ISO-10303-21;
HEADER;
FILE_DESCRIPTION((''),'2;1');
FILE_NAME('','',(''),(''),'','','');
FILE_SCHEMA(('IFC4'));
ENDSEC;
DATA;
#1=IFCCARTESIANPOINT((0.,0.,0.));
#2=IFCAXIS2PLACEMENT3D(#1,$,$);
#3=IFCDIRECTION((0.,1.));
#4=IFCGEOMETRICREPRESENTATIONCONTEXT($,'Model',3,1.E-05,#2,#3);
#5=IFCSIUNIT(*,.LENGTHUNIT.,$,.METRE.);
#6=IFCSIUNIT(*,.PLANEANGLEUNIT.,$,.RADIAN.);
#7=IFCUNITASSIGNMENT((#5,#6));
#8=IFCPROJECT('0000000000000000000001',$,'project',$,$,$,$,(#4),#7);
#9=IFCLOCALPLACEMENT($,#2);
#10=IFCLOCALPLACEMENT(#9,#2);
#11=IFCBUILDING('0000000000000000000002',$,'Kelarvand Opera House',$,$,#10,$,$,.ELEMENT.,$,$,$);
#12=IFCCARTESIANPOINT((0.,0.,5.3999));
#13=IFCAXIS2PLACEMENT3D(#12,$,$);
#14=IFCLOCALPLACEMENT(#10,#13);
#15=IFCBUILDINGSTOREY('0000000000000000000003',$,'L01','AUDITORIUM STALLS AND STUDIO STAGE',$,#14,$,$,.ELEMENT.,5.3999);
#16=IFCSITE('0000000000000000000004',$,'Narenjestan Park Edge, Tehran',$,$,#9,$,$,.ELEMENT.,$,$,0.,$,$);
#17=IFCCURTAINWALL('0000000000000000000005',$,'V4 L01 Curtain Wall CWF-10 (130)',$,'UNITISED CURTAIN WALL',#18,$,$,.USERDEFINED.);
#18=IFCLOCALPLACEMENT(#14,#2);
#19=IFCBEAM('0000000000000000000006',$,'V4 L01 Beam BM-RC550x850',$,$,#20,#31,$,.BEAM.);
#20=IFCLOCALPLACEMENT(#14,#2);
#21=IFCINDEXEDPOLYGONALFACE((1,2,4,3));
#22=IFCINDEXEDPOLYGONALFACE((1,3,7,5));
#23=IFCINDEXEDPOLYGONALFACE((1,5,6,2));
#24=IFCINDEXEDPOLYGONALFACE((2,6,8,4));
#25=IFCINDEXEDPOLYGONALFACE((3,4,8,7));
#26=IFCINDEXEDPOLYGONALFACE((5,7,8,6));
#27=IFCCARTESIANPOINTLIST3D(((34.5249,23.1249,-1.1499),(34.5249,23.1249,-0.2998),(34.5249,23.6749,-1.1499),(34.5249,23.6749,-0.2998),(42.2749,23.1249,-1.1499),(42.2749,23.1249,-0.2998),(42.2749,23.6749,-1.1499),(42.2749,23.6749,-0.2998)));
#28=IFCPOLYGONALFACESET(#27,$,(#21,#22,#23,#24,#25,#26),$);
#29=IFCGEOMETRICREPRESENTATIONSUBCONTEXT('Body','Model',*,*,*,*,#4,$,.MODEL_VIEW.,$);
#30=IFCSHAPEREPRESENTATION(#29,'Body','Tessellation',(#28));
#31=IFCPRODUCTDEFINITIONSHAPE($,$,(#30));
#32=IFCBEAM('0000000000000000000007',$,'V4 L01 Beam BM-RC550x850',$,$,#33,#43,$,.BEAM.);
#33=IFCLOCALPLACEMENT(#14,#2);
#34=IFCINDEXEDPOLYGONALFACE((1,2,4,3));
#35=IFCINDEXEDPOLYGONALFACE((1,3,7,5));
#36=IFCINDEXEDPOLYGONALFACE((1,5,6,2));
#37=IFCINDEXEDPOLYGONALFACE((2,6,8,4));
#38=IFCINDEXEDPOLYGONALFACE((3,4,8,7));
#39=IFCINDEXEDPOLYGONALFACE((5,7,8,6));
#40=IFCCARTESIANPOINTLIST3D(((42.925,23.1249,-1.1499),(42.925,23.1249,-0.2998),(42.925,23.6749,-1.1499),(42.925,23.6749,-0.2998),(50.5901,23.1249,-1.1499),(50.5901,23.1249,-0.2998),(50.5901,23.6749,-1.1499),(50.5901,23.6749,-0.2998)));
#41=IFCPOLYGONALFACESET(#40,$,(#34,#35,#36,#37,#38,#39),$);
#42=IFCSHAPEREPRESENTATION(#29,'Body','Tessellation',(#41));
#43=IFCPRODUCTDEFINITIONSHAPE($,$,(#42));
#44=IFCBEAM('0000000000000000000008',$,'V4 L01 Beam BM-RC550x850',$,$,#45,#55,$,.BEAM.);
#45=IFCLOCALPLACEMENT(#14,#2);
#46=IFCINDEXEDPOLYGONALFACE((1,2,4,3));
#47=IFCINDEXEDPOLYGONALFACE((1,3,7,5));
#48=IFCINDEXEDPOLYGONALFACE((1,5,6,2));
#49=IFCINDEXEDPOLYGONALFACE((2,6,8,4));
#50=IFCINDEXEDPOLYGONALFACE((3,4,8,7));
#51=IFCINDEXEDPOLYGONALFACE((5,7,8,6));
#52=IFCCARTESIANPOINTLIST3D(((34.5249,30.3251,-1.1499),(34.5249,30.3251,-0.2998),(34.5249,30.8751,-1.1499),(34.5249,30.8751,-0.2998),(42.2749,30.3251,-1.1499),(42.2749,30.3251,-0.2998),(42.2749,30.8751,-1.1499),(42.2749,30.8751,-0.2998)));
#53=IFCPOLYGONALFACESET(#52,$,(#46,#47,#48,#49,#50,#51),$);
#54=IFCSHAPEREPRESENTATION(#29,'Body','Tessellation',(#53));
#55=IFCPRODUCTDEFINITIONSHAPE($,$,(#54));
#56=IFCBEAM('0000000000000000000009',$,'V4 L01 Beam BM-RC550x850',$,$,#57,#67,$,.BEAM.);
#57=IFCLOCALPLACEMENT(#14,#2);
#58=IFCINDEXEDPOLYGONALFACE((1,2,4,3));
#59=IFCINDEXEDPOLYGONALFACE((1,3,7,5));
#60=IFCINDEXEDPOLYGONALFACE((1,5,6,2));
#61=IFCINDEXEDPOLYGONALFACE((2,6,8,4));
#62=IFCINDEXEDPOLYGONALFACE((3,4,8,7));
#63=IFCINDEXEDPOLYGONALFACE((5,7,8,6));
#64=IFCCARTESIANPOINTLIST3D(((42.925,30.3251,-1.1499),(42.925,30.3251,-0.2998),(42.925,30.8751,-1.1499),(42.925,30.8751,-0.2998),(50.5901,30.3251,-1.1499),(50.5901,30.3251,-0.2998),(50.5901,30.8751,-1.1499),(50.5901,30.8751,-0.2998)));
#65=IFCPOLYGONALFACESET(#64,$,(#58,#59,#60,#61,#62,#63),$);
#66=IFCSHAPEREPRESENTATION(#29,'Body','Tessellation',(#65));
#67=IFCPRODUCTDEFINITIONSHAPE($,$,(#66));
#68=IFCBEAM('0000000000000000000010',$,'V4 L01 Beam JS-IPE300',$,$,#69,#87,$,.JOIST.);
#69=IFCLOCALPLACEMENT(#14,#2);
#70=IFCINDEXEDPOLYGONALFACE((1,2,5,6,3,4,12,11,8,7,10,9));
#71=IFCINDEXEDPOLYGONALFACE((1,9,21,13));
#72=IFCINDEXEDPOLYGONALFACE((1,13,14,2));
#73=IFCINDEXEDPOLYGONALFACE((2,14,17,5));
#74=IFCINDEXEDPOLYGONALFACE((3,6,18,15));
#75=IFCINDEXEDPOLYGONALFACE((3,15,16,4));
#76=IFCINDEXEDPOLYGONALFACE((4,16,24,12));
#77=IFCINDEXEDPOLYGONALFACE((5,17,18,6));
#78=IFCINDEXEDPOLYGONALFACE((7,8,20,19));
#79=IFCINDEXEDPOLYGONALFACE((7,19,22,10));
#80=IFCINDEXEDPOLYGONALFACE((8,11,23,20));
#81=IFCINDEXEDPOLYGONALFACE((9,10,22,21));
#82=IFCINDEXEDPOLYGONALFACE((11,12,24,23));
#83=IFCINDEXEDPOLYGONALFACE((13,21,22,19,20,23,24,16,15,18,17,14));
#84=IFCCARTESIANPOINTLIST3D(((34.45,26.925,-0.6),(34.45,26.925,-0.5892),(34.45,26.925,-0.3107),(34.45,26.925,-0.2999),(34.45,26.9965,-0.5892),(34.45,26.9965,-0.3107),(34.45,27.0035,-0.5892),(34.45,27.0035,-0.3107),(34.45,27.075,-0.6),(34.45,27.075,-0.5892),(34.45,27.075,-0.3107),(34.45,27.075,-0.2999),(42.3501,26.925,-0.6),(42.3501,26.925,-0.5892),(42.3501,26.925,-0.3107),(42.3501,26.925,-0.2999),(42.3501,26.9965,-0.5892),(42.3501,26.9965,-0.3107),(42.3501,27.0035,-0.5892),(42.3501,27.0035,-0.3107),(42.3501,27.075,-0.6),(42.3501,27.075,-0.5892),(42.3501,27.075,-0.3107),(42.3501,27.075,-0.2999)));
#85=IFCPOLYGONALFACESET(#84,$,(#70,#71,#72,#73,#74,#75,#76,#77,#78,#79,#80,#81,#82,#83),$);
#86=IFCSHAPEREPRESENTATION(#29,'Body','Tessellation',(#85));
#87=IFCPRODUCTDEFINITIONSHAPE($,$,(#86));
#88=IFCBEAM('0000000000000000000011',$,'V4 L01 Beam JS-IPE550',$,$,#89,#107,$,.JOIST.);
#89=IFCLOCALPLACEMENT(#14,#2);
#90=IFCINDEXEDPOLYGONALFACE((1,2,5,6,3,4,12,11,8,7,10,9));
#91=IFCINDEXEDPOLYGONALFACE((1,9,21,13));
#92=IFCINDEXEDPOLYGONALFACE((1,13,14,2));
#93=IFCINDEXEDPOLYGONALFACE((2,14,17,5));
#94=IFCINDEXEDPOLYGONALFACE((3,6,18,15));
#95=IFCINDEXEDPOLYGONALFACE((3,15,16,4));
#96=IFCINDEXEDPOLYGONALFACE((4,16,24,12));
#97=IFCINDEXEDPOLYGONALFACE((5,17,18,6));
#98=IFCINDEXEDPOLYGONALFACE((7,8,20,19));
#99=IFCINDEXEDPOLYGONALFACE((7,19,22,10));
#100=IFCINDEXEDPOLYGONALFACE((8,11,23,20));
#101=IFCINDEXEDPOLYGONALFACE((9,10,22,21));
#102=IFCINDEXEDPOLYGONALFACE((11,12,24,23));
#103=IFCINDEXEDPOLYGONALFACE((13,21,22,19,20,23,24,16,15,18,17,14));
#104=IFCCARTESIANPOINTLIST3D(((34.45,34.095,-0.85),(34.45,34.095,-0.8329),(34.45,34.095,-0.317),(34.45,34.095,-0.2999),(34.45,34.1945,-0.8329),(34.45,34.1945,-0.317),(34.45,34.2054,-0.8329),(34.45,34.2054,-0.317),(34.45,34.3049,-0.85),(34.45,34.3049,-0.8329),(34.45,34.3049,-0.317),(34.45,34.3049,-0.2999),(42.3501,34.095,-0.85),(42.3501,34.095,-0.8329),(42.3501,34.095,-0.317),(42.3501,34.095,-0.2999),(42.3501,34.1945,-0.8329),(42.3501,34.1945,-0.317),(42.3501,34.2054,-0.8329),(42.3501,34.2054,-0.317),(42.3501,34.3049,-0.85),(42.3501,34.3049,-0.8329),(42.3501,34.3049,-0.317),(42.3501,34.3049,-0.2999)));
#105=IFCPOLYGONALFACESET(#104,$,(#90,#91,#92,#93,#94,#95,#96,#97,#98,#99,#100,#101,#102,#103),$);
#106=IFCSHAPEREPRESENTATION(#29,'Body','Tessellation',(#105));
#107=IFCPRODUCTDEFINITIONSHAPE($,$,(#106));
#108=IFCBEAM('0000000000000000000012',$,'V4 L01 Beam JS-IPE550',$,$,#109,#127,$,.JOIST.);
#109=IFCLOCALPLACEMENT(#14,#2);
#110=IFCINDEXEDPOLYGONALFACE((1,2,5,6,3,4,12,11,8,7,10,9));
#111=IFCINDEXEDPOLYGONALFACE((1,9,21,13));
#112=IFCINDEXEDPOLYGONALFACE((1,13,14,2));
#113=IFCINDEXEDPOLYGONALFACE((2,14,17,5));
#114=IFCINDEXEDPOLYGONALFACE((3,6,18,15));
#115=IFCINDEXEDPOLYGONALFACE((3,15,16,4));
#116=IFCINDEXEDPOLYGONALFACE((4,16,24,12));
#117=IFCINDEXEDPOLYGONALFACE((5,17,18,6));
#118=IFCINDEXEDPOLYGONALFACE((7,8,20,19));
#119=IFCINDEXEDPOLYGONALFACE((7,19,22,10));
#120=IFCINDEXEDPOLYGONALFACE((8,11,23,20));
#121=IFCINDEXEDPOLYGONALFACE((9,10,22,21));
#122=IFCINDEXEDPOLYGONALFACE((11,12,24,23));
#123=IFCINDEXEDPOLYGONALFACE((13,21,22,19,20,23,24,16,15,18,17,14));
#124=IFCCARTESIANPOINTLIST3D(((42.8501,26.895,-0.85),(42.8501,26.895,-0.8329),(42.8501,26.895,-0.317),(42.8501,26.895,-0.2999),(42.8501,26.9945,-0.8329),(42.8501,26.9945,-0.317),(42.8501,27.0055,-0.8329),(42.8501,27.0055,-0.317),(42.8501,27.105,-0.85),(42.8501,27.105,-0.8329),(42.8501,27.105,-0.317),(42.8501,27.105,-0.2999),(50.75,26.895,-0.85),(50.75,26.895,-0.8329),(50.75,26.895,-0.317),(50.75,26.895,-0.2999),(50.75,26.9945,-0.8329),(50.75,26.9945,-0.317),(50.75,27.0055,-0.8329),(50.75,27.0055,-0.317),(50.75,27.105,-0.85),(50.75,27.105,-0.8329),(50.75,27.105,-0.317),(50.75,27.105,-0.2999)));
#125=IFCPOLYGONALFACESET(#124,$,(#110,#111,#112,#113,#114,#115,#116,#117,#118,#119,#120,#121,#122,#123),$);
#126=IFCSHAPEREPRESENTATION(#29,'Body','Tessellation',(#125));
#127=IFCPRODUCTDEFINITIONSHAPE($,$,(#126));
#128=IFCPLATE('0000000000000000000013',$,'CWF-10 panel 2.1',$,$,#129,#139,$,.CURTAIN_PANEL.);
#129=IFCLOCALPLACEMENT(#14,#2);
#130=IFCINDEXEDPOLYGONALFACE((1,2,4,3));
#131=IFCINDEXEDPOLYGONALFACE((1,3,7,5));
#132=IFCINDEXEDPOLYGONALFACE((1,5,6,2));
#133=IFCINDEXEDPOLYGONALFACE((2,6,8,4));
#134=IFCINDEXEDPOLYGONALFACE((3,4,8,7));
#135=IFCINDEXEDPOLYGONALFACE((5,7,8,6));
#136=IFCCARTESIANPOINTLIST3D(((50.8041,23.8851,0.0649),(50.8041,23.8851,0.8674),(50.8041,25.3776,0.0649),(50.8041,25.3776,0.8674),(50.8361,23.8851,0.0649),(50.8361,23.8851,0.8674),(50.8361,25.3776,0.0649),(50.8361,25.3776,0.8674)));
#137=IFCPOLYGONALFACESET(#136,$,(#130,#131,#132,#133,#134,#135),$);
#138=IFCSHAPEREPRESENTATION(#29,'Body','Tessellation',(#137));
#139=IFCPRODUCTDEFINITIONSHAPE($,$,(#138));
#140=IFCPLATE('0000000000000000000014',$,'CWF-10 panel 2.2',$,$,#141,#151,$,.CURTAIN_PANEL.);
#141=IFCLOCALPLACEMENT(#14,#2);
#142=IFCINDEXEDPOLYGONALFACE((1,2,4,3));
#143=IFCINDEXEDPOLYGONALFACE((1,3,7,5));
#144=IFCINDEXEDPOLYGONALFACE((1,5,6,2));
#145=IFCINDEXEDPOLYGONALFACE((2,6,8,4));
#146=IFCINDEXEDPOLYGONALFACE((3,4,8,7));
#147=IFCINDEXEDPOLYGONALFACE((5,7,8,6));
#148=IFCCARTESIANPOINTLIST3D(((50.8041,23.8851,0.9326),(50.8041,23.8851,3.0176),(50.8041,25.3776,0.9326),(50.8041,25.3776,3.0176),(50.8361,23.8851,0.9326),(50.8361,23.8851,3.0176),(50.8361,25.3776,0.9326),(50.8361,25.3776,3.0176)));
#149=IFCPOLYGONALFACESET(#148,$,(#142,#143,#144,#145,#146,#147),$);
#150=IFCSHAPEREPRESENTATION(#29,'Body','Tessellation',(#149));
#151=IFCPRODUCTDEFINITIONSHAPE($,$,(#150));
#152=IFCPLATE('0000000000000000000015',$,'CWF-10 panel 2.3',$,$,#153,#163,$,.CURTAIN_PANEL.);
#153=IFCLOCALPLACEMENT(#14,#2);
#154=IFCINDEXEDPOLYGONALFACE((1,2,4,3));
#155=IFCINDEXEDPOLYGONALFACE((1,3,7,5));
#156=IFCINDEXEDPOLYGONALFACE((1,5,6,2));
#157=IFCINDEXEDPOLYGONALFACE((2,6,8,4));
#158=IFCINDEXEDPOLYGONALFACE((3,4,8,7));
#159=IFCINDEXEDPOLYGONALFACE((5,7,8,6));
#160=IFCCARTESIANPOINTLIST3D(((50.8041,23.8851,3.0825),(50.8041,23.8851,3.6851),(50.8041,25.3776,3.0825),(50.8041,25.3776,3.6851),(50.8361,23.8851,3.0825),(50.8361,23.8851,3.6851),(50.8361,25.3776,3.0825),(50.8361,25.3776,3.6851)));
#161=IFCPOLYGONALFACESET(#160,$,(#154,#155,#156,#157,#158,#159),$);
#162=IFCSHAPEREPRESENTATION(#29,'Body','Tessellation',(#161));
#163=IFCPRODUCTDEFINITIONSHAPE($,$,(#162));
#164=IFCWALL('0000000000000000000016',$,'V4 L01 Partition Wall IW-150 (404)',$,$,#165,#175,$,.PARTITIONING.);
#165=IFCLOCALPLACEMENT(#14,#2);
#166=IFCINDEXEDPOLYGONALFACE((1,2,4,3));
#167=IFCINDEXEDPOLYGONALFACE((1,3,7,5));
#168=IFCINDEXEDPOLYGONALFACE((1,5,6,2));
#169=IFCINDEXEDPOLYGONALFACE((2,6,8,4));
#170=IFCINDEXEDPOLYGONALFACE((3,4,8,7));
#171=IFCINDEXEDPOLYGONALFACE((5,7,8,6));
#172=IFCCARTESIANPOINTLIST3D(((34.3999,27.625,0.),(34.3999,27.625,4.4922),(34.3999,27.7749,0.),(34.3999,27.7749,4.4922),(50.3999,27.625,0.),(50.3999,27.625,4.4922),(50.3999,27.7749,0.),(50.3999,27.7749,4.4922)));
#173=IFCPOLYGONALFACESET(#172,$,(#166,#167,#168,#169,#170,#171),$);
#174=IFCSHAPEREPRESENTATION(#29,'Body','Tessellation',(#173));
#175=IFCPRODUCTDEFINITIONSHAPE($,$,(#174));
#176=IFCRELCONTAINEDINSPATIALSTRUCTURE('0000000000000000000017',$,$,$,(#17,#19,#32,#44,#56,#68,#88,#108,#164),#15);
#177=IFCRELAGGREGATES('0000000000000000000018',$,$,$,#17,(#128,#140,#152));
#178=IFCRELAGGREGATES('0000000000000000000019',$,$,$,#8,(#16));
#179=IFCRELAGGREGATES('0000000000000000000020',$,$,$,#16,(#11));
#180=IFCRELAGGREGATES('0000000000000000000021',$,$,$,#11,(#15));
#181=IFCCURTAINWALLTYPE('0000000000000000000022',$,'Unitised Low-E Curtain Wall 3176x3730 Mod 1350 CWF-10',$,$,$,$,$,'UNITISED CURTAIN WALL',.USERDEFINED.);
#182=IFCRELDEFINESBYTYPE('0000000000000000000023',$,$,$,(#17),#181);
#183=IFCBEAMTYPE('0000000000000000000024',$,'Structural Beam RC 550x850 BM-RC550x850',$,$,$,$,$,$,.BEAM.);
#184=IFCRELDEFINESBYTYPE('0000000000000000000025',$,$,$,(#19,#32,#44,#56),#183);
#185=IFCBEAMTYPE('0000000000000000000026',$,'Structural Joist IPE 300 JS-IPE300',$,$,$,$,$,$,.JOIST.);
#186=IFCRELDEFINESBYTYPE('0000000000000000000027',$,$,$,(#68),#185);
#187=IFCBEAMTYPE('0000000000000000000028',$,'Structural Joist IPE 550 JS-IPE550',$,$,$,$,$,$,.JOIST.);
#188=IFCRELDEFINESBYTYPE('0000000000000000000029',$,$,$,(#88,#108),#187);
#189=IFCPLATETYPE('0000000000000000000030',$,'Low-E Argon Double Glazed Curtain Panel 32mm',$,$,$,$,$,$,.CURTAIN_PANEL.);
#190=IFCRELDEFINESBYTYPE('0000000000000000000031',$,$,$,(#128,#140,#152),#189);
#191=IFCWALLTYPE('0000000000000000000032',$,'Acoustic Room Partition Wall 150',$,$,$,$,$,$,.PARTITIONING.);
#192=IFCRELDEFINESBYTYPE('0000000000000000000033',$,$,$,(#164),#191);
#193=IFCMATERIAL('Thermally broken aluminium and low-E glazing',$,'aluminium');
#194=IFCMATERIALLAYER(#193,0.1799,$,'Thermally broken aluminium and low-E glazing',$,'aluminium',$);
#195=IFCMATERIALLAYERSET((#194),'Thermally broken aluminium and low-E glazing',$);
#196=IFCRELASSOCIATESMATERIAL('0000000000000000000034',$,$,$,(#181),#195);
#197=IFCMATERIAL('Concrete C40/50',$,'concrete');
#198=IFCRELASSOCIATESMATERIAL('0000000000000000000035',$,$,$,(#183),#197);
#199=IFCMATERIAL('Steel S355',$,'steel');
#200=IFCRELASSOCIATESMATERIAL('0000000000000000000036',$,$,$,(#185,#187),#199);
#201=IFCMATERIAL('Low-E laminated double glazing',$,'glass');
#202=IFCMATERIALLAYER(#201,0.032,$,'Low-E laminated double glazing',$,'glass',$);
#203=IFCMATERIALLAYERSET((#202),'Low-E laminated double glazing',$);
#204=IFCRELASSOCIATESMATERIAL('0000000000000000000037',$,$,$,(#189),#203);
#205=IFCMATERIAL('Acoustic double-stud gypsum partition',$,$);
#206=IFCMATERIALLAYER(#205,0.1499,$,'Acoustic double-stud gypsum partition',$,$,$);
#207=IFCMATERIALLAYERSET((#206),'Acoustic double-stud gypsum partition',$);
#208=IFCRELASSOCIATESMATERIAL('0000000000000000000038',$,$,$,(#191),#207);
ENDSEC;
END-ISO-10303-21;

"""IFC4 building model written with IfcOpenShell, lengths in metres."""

from ifc_helpers import new_model, si_unit, direction, frame, frame_2d, origin, origin_2d, place, context, subcontext, project, spatial, rectangle, i_section, extrude, material, layer, layer_set, material_profile, profile_set, type_object, element, aggregate, save


model = new_model("IFC4")

# Units and contexts
model_context = context("Model", 3, precision=1e-05, world=origin(), true_north=direction((0.0, 1.0)))
body_context = subcontext(model_context, "Body", "Model", "MODEL_VIEW")
ifc_project = project(units=[si_unit("LENGTHUNIT", "METRE"), si_unit("PLANEANGLEUNIT", "RADIAN")], contexts=[model_context])

# Site, building, storey
site_placement = place(None, origin())
site = spatial("IfcSite", under=ifc_project, at=site_placement, Name="Narenjestan Park Edge, Tehran", CompositionType="ELEMENT", RefElevation=0.0)
building_placement = place(site_placement, origin())
building = spatial("IfcBuilding", under=site, at=building_placement, Name="Kelarvand Opera House", CompositionType="ELEMENT")
storey_placement = place(building_placement, frame((0.0, 0.0, 5.3999)))
storey = spatial("IfcBuildingStorey", under=building, at=storey_placement, Name="L01", Description="AUDITORIUM STALLS AND STUDIO STAGE", CompositionType="ELEMENT", Elevation=5.3999)

# Shared definitions
ifc_material_1 = material(Name="Concrete C40/50", Category="concrete")

# Curtain wall
ifc_material_2 = material(Name="Thermally broken aluminium and low-E glazing", Category="aluminium")
ifc_layer_1 = layer(ifc_material_2, 0.1799, Name="Thermally broken aluminium and low-E glazing", Category="aluminium")
ifc_layer_set_1 = layer_set([ifc_layer_1], Name="Thermally broken aluminium and low-E glazing")
curtain_wall_type = type_object("IfcCurtainWallType", Name="Unitised Low-E Curtain Wall 3176x3730 Mod 1350 CWF-10", ElementType="UNITISED CURTAIN WALL", PredefinedType="USERDEFINED", material=ifc_layer_set_1)
curtain_wall_placement = place(storey_placement, origin())
curtain_wall = element("IfcCurtainWall", 1, at=curtain_wall_placement, inside=storey, type_object=curtain_wall_type, Name="V4 L01 Curtain Wall CWF-10 (130)", ObjectType="UNITISED CURTAIN WALL", PredefinedType="USERDEFINED")

# Beams
ifc_material_profile_1 = material_profile(ifc_material_1, rectangle(XDim=0.55, YDim=0.8501, at=origin_2d()), Name="RC 550x850", Category="concrete")
ifc_profile_set_1 = profile_set([ifc_material_profile_1], Name="Concrete C40/50")
beam_type_1 = type_object("IfcBeamType", Name="Structural Beam RC 550x850 BM-RC550x850", PredefinedType="BEAM", material=ifc_profile_set_1)
beam_1_placement = place(storey_placement, frame((34.5249, 23.3999, -0.7249), z_axis=(1.0, 0.0, 0.0), x_axis=(0.0, 1.0, 0.0)))
element("IfcBeam", 2, at=beam_1_placement, inside=storey, type_object=beam_type_1, Name="V4 L01 Beam BM-RC550x850", PredefinedType="BEAM", context=body_context, shape_type="SweptSolid", body=[
    extrude(rectangle(XDim=0.55, YDim=0.8501, at=origin_2d()), origin(), (0.0, 0.0, 1.0), 7.75),
])
beam_2_placement = place(storey_placement, frame((42.925, 23.3999, -0.7249), z_axis=(1.0, 0.0, 0.0), x_axis=(0.0, 1.0, 0.0)))
element("IfcBeam", 3, at=beam_2_placement, inside=storey, type_object=beam_type_1, Name="V4 L01 Beam BM-RC550x850", PredefinedType="BEAM", context=body_context, shape_type="SweptSolid", body=[
    extrude(rectangle(XDim=0.55, YDim=0.8501, at=origin_2d()), origin(), (0.0, 0.0, 1.0), 7.665),
])
beam_3_placement = place(storey_placement, frame((34.5249, 30.6001, -0.7249), z_axis=(1.0, 0.0, 0.0), x_axis=(0.0, 1.0, 0.0)))
element("IfcBeam", 4, at=beam_3_placement, inside=storey, type_object=beam_type_1, Name="V4 L01 Beam BM-RC550x850", PredefinedType="BEAM", context=body_context, shape_type="SweptSolid", body=[
    extrude(rectangle(XDim=0.55, YDim=0.8501, at=origin_2d()), origin(), (0.0, 0.0, 1.0), 7.75),
])
beam_4_placement = place(storey_placement, frame((42.925, 30.6001, -0.7249), z_axis=(1.0, 0.0, 0.0), x_axis=(0.0, 1.0, 0.0)))
element("IfcBeam", 5, at=beam_4_placement, inside=storey, type_object=beam_type_1, Name="V4 L01 Beam BM-RC550x850", PredefinedType="BEAM", context=body_context, shape_type="SweptSolid", body=[
    extrude(rectangle(XDim=0.55, YDim=0.8501, at=origin_2d()), origin(), (0.0, 0.0, 1.0), 7.665),
])
ifc_material_3 = material(Name="Steel S355", Category="steel")
ifc_material_profile_2 = material_profile(ifc_material_3, i_section(OverallWidth=0.1499, OverallDepth=0.3, WebThickness=0.0071, FlangeThickness=0.0107, at=origin_2d()), Name="IPE 300", Category="steel")
ifc_profile_set_2 = profile_set([ifc_material_profile_2], Name="Steel S355")
beam_type_2 = type_object("IfcBeamType", Name="Structural Joist IPE 300 JS-IPE300", PredefinedType="JOIST", material=ifc_profile_set_2)
beam_5_placement = place(storey_placement, frame((34.45, 27.0, -0.45), z_axis=(1.0, 0.0, 0.0), x_axis=(0.0, 1.0, 0.0)))
element("IfcBeam", 6, at=beam_5_placement, inside=storey, type_object=beam_type_2, Name="V4 L01 Beam JS-IPE300", PredefinedType="JOIST", context=body_context, shape_type="SweptSolid", body=[
    extrude(i_section(OverallWidth=0.1499, OverallDepth=0.3, WebThickness=0.0071, FlangeThickness=0.0107, at=origin_2d()), origin(), (0.0, 0.0, 1.0), 7.9001),
])
ifc_material_profile_3 = material_profile(ifc_material_3, i_section(OverallWidth=0.21, OverallDepth=0.55, WebThickness=0.011, FlangeThickness=0.0171, at=origin_2d()), Name="IPE 550", Category="steel")
ifc_profile_set_3 = profile_set([ifc_material_profile_3], Name="Steel S355")
beam_type_3 = type_object("IfcBeamType", Name="Structural Joist IPE 550 JS-IPE550", PredefinedType="JOIST", material=ifc_profile_set_3)
beam_6_placement = place(storey_placement, frame((34.45, 34.2, -0.575), z_axis=(1.0, 0.0, 0.0), x_axis=(0.0, 1.0, 0.0)))
element("IfcBeam", 7, at=beam_6_placement, inside=storey, type_object=beam_type_3, Name="V4 L01 Beam JS-IPE550", PredefinedType="JOIST", context=body_context, shape_type="SweptSolid", body=[
    extrude(i_section(OverallWidth=0.21, OverallDepth=0.55, WebThickness=0.011, FlangeThickness=0.0171, at=origin_2d()), origin(), (0.0, 0.0, 1.0), 7.9001),
])
beam_7_placement = place(storey_placement, frame((42.8501, 27.0, -0.575), z_axis=(1.0, 0.0, 0.0), x_axis=(0.0, 1.0, 0.0)))
element("IfcBeam", 8, at=beam_7_placement, inside=storey, type_object=beam_type_3, Name="V4 L01 Beam JS-IPE550", PredefinedType="JOIST", context=body_context, shape_type="SweptSolid", body=[
    extrude(i_section(OverallWidth=0.21, OverallDepth=0.55, WebThickness=0.011, FlangeThickness=0.0171, at=origin_2d()), origin(), (0.0, 0.0, 1.0), 7.8999),
])

# Plates
ifc_material_4 = material(Name="Low-E laminated double glazing", Category="glass")
ifc_layer_2 = layer(ifc_material_4, 0.032, Name="Low-E laminated double glazing", Category="glass")
ifc_layer_set_2 = layer_set([ifc_layer_2], Name="Low-E laminated double glazing")
plate_type = type_object("IfcPlateType", Name="Low-E Argon Double Glazed Curtain Panel 32mm", PredefinedType="CURTAIN_PANEL", material=ifc_layer_set_2)
plate_1_placement = place(storey_placement, frame((50.8201, 24.6313, 0.0649), z_axis=(0.0, 0.0, 1.0), x_axis=(0.0, -1.0, 0.0)))
plate_1 = element("IfcPlate", 9, at=plate_1_placement, type_object=plate_type, Name="CWF-10 panel 2.1", PredefinedType="CURTAIN_PANEL", context=body_context, shape_type="SweptSolid", body=[
    extrude(rectangle(XDim=1.4924, YDim=0.032, at=origin_2d()), origin(), (0.0, 0.0, 1.0), 0.8025),
])
plate_2_placement = place(storey_placement, frame((50.8201, 24.6313, 0.9326), z_axis=(0.0, 0.0, 1.0), x_axis=(0.0, -1.0, 0.0)))
plate_2 = element("IfcPlate", 10, at=plate_2_placement, type_object=plate_type, Name="CWF-10 panel 2.2", PredefinedType="CURTAIN_PANEL", context=body_context, shape_type="SweptSolid", body=[
    extrude(rectangle(XDim=1.4924, YDim=0.032, at=origin_2d()), origin(), (0.0, 0.0, 1.0), 2.085),
])
plate_3_placement = place(storey_placement, frame((50.8201, 24.6313, 3.0825), z_axis=(0.0, 0.0, 1.0), x_axis=(0.0, -1.0, 0.0)))
plate_3 = element("IfcPlate", 11, at=plate_3_placement, type_object=plate_type, Name="CWF-10 panel 2.3", PredefinedType="CURTAIN_PANEL", context=body_context, shape_type="SweptSolid", body=[
    extrude(rectangle(XDim=1.4924, YDim=0.032, at=origin_2d()), origin(), (0.0, 0.0, 1.0), 0.6025),
])
aggregate(curtain_wall, [plate_1, plate_2, plate_3])

# Wall
ifc_material_5 = material(Name="Acoustic double-stud gypsum partition")
ifc_layer_3 = layer(ifc_material_5, 0.1499, Name="Acoustic double-stud gypsum partition")
ifc_layer_set_3 = layer_set([ifc_layer_3], Name="Acoustic double-stud gypsum partition")
wall_type_1 = type_object("IfcWallType", Name="Acoustic Room Partition Wall 150", PredefinedType="PARTITIONING", material=ifc_layer_set_3)
wall_1_placement = place(storey_placement, frame((34.3999, 27.7, 0.0), z_axis=(0.0, 0.0, 1.0), x_axis=(1.0, 0.0, 0.0)))
element("IfcWall", 12, at=wall_1_placement, inside=storey, type_object=wall_type_1, Name="V4 L01 Partition Wall IW-150 (404)", PredefinedType="PARTITIONING", context=body_context, shape_type="SweptSolid", body=[
    extrude(rectangle(XDim=16.0, YDim=0.1499, at=frame_2d((8.0, 0.0))), origin(), (0.0, 0.0, 1.0), 4.4922),
])

save(model, "model.ifc")
